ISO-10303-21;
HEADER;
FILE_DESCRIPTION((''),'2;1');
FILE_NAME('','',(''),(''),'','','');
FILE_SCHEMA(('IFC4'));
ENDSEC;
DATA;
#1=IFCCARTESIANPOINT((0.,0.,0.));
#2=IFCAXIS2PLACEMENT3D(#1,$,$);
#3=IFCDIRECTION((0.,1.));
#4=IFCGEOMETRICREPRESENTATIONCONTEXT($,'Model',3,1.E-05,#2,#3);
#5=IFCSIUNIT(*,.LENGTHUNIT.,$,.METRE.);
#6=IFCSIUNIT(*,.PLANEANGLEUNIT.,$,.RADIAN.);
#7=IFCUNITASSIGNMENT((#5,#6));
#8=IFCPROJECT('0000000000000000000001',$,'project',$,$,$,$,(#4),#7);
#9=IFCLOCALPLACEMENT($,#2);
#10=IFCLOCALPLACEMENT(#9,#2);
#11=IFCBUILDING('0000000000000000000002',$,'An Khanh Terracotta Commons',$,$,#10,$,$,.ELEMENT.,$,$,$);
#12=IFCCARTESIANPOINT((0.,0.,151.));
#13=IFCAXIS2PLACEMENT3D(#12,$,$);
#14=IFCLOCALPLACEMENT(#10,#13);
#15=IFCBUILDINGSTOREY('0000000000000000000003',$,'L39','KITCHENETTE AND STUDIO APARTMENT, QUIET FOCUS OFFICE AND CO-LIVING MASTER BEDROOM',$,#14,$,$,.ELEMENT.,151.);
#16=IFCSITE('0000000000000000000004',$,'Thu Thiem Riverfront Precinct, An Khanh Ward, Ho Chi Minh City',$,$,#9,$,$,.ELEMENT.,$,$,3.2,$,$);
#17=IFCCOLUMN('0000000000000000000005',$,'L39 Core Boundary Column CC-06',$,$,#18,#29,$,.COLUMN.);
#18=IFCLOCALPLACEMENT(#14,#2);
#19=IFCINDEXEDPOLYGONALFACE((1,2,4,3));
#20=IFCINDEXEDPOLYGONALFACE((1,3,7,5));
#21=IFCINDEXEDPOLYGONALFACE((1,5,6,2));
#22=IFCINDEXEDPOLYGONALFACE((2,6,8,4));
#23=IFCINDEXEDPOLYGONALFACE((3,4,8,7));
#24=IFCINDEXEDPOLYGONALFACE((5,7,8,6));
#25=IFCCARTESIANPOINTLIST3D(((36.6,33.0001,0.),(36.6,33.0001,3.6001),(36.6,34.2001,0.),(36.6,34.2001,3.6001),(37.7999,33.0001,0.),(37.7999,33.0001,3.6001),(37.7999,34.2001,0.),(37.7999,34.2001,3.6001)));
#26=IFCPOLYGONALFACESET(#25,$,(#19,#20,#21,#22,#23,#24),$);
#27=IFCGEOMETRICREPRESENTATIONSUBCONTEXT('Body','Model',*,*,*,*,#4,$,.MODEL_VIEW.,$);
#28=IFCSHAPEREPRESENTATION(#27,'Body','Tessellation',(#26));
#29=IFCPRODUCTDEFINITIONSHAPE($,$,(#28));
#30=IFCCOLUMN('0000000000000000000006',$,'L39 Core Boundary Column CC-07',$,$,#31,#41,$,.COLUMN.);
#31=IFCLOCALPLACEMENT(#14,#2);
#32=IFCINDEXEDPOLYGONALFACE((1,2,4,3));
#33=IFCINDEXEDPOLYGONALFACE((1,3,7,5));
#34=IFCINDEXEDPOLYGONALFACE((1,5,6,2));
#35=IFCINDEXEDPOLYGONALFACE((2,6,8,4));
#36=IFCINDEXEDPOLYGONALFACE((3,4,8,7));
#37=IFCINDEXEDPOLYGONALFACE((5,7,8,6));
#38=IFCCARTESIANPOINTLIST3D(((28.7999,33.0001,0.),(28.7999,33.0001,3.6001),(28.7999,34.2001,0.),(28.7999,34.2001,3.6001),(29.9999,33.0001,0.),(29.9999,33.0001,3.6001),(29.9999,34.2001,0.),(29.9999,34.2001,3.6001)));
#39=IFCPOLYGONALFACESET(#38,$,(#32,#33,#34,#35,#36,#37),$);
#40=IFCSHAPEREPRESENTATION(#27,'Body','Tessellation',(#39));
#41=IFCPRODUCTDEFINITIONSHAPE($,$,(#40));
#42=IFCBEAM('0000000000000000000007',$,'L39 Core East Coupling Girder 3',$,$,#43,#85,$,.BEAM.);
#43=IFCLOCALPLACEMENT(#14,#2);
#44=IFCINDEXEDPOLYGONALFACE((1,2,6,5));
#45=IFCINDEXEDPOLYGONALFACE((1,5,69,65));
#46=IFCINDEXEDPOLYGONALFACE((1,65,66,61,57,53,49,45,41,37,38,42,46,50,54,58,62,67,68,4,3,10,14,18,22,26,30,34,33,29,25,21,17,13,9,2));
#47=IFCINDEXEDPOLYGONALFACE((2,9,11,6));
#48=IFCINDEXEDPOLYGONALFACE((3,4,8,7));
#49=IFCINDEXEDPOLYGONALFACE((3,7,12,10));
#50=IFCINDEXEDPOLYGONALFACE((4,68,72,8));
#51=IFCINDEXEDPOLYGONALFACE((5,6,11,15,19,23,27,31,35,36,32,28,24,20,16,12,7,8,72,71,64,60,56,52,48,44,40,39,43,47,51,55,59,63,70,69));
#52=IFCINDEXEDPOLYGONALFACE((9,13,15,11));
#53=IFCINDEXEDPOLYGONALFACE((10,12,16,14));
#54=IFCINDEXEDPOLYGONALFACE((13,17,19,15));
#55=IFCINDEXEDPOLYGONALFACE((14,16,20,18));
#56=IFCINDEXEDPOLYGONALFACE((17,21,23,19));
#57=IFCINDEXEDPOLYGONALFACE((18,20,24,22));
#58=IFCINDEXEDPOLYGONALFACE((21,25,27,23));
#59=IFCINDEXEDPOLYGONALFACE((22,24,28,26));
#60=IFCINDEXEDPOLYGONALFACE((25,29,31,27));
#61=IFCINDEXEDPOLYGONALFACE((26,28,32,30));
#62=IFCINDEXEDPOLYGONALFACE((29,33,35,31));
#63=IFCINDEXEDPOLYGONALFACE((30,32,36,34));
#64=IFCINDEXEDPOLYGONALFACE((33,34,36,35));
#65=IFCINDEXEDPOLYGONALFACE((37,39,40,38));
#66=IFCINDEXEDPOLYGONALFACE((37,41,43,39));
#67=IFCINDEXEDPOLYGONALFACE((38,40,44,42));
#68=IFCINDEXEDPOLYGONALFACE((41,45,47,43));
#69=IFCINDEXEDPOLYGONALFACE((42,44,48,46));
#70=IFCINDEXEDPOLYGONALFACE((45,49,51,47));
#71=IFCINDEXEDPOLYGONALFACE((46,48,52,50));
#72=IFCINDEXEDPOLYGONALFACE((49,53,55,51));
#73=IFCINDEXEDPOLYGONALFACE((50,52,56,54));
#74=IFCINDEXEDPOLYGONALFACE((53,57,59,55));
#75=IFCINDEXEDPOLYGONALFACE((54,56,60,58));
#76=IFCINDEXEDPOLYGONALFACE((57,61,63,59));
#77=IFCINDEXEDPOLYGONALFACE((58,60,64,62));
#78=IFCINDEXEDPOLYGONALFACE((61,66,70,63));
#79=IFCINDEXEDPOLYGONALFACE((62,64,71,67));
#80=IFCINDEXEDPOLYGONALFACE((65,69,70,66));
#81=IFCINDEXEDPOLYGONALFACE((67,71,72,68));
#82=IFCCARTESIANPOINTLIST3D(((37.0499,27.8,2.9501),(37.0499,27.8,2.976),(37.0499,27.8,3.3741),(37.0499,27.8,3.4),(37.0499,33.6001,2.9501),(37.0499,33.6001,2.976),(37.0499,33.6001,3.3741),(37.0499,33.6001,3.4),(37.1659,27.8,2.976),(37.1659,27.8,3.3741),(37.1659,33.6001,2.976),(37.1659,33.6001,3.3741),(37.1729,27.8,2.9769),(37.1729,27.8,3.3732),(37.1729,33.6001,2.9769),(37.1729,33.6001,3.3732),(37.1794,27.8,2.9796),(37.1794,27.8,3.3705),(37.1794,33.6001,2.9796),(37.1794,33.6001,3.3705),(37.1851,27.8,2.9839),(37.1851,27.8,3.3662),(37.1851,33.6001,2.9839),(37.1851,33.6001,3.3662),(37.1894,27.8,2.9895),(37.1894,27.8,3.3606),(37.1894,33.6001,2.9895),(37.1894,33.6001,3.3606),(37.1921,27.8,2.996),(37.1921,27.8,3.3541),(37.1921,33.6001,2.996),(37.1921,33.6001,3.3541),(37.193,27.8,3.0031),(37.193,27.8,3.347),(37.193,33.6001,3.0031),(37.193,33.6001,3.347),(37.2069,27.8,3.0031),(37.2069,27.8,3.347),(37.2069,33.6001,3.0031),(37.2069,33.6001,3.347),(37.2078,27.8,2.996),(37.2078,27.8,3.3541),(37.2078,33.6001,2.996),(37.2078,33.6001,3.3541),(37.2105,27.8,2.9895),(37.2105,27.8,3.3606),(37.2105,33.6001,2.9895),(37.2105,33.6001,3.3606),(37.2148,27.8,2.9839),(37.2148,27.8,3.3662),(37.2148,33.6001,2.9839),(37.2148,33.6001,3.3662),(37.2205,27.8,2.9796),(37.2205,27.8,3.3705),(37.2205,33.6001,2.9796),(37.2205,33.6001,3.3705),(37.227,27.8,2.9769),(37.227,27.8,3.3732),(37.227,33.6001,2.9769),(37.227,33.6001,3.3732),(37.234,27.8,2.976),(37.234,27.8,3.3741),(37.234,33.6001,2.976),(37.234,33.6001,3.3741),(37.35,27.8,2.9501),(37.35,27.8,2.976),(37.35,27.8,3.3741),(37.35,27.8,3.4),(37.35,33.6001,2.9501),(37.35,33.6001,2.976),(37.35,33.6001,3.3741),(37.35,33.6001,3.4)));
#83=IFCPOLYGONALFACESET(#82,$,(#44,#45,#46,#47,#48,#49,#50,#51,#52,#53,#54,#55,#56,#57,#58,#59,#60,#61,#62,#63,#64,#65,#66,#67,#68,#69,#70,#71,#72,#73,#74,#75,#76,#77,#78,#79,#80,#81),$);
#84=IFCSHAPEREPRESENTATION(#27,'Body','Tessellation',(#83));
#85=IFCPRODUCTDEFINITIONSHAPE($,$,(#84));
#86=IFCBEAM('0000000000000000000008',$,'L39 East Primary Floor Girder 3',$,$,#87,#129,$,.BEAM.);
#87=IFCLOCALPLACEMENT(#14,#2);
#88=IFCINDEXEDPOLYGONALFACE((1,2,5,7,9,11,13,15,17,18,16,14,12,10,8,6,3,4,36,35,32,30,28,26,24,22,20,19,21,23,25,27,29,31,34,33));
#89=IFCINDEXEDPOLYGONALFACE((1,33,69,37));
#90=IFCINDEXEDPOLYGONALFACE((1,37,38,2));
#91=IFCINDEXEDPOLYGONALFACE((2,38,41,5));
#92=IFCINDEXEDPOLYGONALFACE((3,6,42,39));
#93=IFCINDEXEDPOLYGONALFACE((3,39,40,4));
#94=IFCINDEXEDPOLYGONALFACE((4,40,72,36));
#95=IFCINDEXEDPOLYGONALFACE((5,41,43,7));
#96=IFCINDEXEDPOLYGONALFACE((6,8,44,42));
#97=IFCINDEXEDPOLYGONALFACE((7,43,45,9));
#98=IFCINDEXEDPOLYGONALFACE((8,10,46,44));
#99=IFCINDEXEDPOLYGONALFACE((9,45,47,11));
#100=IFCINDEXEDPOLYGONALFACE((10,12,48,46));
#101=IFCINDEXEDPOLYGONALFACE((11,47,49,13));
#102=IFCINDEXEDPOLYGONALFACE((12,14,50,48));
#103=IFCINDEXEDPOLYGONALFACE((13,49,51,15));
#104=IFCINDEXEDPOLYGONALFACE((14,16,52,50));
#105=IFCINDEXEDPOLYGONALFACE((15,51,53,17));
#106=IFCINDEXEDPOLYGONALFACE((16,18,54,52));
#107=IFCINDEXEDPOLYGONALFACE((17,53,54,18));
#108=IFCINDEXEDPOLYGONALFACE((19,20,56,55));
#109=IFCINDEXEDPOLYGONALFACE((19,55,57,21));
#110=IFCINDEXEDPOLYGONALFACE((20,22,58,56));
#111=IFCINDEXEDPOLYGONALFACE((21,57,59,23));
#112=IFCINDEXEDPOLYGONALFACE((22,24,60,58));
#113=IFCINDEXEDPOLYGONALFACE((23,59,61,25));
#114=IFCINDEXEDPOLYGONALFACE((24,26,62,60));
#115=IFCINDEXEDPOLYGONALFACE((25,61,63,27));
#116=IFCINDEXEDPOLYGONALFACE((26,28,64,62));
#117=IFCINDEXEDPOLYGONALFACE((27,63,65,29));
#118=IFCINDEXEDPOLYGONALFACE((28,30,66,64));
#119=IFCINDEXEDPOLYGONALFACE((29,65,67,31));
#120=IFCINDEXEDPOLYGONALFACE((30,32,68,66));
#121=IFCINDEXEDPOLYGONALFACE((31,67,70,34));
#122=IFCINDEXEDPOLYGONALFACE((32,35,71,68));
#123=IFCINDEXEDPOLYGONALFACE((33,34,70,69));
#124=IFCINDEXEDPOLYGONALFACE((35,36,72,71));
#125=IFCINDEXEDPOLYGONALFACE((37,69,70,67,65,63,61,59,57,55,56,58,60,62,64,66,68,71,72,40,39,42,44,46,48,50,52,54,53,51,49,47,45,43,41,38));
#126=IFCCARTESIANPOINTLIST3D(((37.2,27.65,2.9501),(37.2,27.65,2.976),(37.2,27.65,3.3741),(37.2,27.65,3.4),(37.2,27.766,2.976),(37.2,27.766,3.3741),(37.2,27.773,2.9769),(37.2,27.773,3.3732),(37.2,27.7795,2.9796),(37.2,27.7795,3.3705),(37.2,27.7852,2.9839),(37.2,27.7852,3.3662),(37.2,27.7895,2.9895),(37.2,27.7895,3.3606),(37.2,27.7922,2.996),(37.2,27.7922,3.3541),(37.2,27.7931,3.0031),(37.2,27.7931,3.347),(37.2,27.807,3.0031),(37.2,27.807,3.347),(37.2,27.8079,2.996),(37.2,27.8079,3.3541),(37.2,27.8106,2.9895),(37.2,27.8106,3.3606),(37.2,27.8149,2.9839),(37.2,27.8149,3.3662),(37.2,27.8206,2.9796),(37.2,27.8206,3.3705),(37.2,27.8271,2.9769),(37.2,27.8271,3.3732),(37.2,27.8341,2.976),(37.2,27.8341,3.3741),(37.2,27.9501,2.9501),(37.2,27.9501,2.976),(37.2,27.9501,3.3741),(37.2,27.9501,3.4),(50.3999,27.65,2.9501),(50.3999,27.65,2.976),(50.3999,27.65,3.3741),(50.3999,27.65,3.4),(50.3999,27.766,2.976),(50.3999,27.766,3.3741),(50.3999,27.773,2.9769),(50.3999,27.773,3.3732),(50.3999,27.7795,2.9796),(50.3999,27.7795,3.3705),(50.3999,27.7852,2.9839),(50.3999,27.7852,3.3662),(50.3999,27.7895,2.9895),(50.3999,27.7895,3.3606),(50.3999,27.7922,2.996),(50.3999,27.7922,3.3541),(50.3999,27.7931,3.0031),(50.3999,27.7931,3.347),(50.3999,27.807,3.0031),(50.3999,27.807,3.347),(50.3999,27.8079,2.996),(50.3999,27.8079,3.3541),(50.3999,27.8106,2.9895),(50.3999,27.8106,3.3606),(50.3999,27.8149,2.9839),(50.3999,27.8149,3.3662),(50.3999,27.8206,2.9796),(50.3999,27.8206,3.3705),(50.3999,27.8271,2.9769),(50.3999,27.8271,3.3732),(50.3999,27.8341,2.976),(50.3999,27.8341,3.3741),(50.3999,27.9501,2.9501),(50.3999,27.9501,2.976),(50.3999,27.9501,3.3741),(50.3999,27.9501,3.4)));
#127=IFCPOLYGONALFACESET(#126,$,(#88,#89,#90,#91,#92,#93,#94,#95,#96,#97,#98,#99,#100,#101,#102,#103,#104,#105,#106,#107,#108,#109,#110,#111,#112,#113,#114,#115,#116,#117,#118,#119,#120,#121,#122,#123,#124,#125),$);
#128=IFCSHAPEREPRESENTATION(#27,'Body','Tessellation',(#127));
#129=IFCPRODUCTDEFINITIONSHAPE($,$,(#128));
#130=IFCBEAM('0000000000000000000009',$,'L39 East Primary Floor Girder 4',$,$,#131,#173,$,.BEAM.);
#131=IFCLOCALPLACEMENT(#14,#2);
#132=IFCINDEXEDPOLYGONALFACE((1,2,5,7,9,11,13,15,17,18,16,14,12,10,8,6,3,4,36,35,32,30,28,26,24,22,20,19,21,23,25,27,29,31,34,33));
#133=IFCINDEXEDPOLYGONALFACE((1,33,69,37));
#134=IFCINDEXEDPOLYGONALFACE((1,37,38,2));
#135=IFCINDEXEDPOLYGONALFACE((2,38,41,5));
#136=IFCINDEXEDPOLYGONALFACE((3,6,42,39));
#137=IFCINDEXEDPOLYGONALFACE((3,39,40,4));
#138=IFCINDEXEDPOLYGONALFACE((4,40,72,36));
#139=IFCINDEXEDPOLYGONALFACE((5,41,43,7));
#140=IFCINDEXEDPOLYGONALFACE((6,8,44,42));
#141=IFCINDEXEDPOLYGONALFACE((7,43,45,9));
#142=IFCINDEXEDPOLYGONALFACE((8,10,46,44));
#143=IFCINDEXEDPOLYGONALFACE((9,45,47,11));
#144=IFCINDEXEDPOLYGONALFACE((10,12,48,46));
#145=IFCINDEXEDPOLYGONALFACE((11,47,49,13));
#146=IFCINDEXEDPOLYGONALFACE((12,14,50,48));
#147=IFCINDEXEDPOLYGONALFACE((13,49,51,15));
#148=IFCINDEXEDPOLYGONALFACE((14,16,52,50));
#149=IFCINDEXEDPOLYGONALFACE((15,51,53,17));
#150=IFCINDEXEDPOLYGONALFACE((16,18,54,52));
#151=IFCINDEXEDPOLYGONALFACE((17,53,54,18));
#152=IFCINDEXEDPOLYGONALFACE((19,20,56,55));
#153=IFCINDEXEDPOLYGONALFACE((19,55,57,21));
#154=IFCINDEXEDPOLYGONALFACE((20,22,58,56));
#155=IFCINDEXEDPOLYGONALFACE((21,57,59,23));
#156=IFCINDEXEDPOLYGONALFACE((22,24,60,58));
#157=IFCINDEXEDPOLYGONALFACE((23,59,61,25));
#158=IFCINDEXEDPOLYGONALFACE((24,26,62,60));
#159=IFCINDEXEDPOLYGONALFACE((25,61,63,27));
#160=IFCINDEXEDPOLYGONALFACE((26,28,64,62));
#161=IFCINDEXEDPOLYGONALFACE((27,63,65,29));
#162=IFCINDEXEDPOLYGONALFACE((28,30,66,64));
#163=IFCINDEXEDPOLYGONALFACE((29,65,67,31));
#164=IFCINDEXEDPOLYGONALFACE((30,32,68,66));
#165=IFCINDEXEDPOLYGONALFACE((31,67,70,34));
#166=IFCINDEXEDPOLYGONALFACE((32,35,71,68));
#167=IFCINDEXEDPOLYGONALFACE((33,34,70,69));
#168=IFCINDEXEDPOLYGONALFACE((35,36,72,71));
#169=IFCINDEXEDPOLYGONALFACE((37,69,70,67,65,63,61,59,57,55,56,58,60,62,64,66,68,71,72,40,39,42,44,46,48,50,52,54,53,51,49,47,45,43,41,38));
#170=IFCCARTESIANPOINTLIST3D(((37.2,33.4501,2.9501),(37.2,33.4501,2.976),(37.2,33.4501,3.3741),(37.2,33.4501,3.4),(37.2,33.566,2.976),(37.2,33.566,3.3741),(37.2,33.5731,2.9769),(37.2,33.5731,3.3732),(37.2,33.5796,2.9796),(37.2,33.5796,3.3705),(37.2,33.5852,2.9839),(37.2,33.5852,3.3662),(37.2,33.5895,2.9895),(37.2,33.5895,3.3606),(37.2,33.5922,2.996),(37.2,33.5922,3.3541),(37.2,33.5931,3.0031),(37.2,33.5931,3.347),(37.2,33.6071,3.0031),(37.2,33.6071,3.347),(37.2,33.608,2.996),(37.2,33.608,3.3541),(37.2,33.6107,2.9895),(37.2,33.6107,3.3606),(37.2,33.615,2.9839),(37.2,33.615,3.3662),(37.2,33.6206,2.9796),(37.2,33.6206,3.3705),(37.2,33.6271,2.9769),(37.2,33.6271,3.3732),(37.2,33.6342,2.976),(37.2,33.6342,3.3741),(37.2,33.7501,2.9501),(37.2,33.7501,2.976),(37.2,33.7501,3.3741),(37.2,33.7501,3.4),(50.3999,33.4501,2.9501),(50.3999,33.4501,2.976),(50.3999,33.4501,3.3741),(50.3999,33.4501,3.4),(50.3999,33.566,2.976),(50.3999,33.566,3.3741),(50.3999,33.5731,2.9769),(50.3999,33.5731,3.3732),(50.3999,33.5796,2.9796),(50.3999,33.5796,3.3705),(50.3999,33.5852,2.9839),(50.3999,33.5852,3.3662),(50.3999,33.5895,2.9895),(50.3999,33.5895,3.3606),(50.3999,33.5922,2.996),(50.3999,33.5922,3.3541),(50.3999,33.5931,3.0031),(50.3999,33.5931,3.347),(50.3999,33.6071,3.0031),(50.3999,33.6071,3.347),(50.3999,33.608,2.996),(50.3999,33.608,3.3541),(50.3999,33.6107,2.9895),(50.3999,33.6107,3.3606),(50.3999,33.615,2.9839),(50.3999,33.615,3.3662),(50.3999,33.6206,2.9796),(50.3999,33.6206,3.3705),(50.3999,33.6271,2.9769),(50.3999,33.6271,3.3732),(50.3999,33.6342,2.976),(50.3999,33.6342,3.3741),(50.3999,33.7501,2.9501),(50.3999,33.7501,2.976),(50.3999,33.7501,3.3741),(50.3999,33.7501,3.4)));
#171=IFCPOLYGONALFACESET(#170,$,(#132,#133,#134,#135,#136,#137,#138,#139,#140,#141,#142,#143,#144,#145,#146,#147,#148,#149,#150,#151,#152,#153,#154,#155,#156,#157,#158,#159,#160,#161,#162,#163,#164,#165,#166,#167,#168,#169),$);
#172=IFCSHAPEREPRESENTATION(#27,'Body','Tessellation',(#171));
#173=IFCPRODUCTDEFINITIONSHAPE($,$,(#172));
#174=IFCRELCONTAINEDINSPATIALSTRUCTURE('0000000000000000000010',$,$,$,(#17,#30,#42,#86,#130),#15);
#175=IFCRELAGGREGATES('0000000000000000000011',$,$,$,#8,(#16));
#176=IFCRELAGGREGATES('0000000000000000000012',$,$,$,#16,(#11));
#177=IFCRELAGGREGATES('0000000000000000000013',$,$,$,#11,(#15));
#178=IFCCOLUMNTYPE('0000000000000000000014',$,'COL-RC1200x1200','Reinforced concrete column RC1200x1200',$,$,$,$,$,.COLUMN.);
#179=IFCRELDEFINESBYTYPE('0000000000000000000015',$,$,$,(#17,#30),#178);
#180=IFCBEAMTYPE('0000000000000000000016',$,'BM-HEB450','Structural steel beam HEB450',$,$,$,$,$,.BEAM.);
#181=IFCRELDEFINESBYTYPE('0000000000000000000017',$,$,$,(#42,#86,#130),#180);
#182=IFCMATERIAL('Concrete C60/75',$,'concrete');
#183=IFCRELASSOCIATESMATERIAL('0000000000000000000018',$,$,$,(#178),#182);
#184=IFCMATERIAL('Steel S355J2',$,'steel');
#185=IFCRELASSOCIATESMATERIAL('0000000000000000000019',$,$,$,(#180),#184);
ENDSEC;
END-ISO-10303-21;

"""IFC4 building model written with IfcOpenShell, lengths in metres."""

from ifc_helpers import new_model, si_unit, direction, frame, origin, origin_2d, place, context, subcontext, project, spatial, rectangle, i_section, extrude, material, material_profile, profile_set, type_object, element, save


model = new_model("IFC4")

# Units and contexts
model_context = context("Model", 3, precision=1e-05, world=origin(), true_north=direction((0.0, 1.0)))
body_context = subcontext(model_context, "Body", "Model", "MODEL_VIEW")
ifc_project = project(units=[si_unit("LENGTHUNIT", "METRE"), si_unit("PLANEANGLEUNIT", "RADIAN")], contexts=[model_context])

# Site, building, storey
site_placement = place(None, origin())
site = spatial("IfcSite", under=ifc_project, at=site_placement, Name="Thu Thiem Riverfront Precinct, An Khanh Ward, Ho Chi Minh City", CompositionType="ELEMENT", RefElevation=3.2)
building_placement = place(site_placement, origin())
building = spatial("IfcBuilding", under=site, at=building_placement, Name="An Khanh Terracotta Commons", CompositionType="ELEMENT")
storey_placement = place(building_placement, frame((0.0, 0.0, 151.0)))
storey = spatial("IfcBuildingStorey", under=building, at=storey_placement, Name="L39", Description="KITCHENETTE AND STUDIO APARTMENT, QUIET FOCUS OFFICE AND CO-LIVING MASTER BEDROOM", CompositionType="ELEMENT", Elevation=151.0)

# Columns
ifc_material_1 = material(Name="Concrete C60/75", Category="concrete")
ifc_material_profile_1 = material_profile(ifc_material_1, rectangle(XDim=1.2, YDim=1.2, at=origin_2d()), Name="RC1200x1200")
ifc_profile_set_1 = profile_set([ifc_material_profile_1], Name="Concrete C60/75")
column_type = type_object("IfcColumnType", Name="COL-RC1200x1200", Description="Reinforced concrete column RC1200x1200", PredefinedType="COLUMN", material=ifc_profile_set_1)
for number, where, z_axis, x_axis, name in (
    (1, (37.2, 33.6001, 0.0), (0.0, 0.0, 1.0), (1.0, 0.0, 0.0), "L39 Core Boundary Column CC-06"),
    (2, (29.3999, 33.6001, 0.0), (0.0, 0.0, 1.0), (1.0, 0.0, 0.0), "L39 Core Boundary Column CC-07"),
):
    element("IfcColumn", number, at=place(storey_placement, frame(where, z_axis=z_axis, x_axis=x_axis)), inside=storey, type_object=column_type, Name=name, PredefinedType="COLUMN", context=body_context, shape_type="SweptSolid", body=[
        extrude(rectangle(XDim=1.2, YDim=1.2, at=origin_2d()), origin(), (0.0, 0.0, 1.0), 3.6001),
    ])

# Beams
ifc_material_2 = material(Name="Steel S355J2", Category="steel")
ifc_material_profile_2 = material_profile(ifc_material_2, i_section(OverallWidth=0.3, OverallDepth=0.45, WebThickness=0.0139, FlangeThickness=0.0259, FilletRadius=0.0271, at=origin_2d()), Name="HEB450")
ifc_profile_set_2 = profile_set([ifc_material_profile_2], Name="Steel S355J2")
beam_type_1 = type_object("IfcBeamType", Name="BM-HEB450", Description="Structural steel beam HEB450", PredefinedType="BEAM", material=ifc_profile_set_2)
beam_placement = place(storey_placement, frame((37.2, 27.8, 3.175), z_axis=(0.0, 1.0, 0.0), x_axis=(-1.0, 0.0, 0.0)))
element("IfcBeam", 3, at=beam_placement, inside=storey, type_object=beam_type_1, Name="L39 Core East Coupling Girder 3", PredefinedType="BEAM", context=body_context, shape_type="SweptSolid", body=[
    extrude(i_section(OverallWidth=0.3, OverallDepth=0.45, WebThickness=0.0139, FlangeThickness=0.0259, FilletRadius=0.0271, at=origin_2d()), origin(), (0.0, 0.0, 1.0), 5.8),
])
for number, where, z_axis, x_axis, name in (
    (4, (37.2, 27.8, 3.175), (1.0, 0.0, 0.0), (0.0, 1.0, 0.0), "L39 East Primary Floor Girder 3"),
    (5, (37.2, 33.6001, 3.175), (1.0, 0.0, 0.0), (0.0, 1.0, 0.0), "L39 East Primary Floor Girder 4"),
):
    element("IfcBeam", number, at=place(storey_placement, frame(where, z_axis=z_axis, x_axis=x_axis)), inside=storey, type_object=beam_type_1, Name=name, PredefinedType="BEAM", context=body_context, shape_type="SweptSolid", body=[
        extrude(i_section(OverallWidth=0.3, OverallDepth=0.45, WebThickness=0.0139, FlangeThickness=0.0259, FilletRadius=0.0271, at=origin_2d()), origin(), (0.0, 0.0, 1.0), 13.2),
    ])

save(model, "model.ifc")
